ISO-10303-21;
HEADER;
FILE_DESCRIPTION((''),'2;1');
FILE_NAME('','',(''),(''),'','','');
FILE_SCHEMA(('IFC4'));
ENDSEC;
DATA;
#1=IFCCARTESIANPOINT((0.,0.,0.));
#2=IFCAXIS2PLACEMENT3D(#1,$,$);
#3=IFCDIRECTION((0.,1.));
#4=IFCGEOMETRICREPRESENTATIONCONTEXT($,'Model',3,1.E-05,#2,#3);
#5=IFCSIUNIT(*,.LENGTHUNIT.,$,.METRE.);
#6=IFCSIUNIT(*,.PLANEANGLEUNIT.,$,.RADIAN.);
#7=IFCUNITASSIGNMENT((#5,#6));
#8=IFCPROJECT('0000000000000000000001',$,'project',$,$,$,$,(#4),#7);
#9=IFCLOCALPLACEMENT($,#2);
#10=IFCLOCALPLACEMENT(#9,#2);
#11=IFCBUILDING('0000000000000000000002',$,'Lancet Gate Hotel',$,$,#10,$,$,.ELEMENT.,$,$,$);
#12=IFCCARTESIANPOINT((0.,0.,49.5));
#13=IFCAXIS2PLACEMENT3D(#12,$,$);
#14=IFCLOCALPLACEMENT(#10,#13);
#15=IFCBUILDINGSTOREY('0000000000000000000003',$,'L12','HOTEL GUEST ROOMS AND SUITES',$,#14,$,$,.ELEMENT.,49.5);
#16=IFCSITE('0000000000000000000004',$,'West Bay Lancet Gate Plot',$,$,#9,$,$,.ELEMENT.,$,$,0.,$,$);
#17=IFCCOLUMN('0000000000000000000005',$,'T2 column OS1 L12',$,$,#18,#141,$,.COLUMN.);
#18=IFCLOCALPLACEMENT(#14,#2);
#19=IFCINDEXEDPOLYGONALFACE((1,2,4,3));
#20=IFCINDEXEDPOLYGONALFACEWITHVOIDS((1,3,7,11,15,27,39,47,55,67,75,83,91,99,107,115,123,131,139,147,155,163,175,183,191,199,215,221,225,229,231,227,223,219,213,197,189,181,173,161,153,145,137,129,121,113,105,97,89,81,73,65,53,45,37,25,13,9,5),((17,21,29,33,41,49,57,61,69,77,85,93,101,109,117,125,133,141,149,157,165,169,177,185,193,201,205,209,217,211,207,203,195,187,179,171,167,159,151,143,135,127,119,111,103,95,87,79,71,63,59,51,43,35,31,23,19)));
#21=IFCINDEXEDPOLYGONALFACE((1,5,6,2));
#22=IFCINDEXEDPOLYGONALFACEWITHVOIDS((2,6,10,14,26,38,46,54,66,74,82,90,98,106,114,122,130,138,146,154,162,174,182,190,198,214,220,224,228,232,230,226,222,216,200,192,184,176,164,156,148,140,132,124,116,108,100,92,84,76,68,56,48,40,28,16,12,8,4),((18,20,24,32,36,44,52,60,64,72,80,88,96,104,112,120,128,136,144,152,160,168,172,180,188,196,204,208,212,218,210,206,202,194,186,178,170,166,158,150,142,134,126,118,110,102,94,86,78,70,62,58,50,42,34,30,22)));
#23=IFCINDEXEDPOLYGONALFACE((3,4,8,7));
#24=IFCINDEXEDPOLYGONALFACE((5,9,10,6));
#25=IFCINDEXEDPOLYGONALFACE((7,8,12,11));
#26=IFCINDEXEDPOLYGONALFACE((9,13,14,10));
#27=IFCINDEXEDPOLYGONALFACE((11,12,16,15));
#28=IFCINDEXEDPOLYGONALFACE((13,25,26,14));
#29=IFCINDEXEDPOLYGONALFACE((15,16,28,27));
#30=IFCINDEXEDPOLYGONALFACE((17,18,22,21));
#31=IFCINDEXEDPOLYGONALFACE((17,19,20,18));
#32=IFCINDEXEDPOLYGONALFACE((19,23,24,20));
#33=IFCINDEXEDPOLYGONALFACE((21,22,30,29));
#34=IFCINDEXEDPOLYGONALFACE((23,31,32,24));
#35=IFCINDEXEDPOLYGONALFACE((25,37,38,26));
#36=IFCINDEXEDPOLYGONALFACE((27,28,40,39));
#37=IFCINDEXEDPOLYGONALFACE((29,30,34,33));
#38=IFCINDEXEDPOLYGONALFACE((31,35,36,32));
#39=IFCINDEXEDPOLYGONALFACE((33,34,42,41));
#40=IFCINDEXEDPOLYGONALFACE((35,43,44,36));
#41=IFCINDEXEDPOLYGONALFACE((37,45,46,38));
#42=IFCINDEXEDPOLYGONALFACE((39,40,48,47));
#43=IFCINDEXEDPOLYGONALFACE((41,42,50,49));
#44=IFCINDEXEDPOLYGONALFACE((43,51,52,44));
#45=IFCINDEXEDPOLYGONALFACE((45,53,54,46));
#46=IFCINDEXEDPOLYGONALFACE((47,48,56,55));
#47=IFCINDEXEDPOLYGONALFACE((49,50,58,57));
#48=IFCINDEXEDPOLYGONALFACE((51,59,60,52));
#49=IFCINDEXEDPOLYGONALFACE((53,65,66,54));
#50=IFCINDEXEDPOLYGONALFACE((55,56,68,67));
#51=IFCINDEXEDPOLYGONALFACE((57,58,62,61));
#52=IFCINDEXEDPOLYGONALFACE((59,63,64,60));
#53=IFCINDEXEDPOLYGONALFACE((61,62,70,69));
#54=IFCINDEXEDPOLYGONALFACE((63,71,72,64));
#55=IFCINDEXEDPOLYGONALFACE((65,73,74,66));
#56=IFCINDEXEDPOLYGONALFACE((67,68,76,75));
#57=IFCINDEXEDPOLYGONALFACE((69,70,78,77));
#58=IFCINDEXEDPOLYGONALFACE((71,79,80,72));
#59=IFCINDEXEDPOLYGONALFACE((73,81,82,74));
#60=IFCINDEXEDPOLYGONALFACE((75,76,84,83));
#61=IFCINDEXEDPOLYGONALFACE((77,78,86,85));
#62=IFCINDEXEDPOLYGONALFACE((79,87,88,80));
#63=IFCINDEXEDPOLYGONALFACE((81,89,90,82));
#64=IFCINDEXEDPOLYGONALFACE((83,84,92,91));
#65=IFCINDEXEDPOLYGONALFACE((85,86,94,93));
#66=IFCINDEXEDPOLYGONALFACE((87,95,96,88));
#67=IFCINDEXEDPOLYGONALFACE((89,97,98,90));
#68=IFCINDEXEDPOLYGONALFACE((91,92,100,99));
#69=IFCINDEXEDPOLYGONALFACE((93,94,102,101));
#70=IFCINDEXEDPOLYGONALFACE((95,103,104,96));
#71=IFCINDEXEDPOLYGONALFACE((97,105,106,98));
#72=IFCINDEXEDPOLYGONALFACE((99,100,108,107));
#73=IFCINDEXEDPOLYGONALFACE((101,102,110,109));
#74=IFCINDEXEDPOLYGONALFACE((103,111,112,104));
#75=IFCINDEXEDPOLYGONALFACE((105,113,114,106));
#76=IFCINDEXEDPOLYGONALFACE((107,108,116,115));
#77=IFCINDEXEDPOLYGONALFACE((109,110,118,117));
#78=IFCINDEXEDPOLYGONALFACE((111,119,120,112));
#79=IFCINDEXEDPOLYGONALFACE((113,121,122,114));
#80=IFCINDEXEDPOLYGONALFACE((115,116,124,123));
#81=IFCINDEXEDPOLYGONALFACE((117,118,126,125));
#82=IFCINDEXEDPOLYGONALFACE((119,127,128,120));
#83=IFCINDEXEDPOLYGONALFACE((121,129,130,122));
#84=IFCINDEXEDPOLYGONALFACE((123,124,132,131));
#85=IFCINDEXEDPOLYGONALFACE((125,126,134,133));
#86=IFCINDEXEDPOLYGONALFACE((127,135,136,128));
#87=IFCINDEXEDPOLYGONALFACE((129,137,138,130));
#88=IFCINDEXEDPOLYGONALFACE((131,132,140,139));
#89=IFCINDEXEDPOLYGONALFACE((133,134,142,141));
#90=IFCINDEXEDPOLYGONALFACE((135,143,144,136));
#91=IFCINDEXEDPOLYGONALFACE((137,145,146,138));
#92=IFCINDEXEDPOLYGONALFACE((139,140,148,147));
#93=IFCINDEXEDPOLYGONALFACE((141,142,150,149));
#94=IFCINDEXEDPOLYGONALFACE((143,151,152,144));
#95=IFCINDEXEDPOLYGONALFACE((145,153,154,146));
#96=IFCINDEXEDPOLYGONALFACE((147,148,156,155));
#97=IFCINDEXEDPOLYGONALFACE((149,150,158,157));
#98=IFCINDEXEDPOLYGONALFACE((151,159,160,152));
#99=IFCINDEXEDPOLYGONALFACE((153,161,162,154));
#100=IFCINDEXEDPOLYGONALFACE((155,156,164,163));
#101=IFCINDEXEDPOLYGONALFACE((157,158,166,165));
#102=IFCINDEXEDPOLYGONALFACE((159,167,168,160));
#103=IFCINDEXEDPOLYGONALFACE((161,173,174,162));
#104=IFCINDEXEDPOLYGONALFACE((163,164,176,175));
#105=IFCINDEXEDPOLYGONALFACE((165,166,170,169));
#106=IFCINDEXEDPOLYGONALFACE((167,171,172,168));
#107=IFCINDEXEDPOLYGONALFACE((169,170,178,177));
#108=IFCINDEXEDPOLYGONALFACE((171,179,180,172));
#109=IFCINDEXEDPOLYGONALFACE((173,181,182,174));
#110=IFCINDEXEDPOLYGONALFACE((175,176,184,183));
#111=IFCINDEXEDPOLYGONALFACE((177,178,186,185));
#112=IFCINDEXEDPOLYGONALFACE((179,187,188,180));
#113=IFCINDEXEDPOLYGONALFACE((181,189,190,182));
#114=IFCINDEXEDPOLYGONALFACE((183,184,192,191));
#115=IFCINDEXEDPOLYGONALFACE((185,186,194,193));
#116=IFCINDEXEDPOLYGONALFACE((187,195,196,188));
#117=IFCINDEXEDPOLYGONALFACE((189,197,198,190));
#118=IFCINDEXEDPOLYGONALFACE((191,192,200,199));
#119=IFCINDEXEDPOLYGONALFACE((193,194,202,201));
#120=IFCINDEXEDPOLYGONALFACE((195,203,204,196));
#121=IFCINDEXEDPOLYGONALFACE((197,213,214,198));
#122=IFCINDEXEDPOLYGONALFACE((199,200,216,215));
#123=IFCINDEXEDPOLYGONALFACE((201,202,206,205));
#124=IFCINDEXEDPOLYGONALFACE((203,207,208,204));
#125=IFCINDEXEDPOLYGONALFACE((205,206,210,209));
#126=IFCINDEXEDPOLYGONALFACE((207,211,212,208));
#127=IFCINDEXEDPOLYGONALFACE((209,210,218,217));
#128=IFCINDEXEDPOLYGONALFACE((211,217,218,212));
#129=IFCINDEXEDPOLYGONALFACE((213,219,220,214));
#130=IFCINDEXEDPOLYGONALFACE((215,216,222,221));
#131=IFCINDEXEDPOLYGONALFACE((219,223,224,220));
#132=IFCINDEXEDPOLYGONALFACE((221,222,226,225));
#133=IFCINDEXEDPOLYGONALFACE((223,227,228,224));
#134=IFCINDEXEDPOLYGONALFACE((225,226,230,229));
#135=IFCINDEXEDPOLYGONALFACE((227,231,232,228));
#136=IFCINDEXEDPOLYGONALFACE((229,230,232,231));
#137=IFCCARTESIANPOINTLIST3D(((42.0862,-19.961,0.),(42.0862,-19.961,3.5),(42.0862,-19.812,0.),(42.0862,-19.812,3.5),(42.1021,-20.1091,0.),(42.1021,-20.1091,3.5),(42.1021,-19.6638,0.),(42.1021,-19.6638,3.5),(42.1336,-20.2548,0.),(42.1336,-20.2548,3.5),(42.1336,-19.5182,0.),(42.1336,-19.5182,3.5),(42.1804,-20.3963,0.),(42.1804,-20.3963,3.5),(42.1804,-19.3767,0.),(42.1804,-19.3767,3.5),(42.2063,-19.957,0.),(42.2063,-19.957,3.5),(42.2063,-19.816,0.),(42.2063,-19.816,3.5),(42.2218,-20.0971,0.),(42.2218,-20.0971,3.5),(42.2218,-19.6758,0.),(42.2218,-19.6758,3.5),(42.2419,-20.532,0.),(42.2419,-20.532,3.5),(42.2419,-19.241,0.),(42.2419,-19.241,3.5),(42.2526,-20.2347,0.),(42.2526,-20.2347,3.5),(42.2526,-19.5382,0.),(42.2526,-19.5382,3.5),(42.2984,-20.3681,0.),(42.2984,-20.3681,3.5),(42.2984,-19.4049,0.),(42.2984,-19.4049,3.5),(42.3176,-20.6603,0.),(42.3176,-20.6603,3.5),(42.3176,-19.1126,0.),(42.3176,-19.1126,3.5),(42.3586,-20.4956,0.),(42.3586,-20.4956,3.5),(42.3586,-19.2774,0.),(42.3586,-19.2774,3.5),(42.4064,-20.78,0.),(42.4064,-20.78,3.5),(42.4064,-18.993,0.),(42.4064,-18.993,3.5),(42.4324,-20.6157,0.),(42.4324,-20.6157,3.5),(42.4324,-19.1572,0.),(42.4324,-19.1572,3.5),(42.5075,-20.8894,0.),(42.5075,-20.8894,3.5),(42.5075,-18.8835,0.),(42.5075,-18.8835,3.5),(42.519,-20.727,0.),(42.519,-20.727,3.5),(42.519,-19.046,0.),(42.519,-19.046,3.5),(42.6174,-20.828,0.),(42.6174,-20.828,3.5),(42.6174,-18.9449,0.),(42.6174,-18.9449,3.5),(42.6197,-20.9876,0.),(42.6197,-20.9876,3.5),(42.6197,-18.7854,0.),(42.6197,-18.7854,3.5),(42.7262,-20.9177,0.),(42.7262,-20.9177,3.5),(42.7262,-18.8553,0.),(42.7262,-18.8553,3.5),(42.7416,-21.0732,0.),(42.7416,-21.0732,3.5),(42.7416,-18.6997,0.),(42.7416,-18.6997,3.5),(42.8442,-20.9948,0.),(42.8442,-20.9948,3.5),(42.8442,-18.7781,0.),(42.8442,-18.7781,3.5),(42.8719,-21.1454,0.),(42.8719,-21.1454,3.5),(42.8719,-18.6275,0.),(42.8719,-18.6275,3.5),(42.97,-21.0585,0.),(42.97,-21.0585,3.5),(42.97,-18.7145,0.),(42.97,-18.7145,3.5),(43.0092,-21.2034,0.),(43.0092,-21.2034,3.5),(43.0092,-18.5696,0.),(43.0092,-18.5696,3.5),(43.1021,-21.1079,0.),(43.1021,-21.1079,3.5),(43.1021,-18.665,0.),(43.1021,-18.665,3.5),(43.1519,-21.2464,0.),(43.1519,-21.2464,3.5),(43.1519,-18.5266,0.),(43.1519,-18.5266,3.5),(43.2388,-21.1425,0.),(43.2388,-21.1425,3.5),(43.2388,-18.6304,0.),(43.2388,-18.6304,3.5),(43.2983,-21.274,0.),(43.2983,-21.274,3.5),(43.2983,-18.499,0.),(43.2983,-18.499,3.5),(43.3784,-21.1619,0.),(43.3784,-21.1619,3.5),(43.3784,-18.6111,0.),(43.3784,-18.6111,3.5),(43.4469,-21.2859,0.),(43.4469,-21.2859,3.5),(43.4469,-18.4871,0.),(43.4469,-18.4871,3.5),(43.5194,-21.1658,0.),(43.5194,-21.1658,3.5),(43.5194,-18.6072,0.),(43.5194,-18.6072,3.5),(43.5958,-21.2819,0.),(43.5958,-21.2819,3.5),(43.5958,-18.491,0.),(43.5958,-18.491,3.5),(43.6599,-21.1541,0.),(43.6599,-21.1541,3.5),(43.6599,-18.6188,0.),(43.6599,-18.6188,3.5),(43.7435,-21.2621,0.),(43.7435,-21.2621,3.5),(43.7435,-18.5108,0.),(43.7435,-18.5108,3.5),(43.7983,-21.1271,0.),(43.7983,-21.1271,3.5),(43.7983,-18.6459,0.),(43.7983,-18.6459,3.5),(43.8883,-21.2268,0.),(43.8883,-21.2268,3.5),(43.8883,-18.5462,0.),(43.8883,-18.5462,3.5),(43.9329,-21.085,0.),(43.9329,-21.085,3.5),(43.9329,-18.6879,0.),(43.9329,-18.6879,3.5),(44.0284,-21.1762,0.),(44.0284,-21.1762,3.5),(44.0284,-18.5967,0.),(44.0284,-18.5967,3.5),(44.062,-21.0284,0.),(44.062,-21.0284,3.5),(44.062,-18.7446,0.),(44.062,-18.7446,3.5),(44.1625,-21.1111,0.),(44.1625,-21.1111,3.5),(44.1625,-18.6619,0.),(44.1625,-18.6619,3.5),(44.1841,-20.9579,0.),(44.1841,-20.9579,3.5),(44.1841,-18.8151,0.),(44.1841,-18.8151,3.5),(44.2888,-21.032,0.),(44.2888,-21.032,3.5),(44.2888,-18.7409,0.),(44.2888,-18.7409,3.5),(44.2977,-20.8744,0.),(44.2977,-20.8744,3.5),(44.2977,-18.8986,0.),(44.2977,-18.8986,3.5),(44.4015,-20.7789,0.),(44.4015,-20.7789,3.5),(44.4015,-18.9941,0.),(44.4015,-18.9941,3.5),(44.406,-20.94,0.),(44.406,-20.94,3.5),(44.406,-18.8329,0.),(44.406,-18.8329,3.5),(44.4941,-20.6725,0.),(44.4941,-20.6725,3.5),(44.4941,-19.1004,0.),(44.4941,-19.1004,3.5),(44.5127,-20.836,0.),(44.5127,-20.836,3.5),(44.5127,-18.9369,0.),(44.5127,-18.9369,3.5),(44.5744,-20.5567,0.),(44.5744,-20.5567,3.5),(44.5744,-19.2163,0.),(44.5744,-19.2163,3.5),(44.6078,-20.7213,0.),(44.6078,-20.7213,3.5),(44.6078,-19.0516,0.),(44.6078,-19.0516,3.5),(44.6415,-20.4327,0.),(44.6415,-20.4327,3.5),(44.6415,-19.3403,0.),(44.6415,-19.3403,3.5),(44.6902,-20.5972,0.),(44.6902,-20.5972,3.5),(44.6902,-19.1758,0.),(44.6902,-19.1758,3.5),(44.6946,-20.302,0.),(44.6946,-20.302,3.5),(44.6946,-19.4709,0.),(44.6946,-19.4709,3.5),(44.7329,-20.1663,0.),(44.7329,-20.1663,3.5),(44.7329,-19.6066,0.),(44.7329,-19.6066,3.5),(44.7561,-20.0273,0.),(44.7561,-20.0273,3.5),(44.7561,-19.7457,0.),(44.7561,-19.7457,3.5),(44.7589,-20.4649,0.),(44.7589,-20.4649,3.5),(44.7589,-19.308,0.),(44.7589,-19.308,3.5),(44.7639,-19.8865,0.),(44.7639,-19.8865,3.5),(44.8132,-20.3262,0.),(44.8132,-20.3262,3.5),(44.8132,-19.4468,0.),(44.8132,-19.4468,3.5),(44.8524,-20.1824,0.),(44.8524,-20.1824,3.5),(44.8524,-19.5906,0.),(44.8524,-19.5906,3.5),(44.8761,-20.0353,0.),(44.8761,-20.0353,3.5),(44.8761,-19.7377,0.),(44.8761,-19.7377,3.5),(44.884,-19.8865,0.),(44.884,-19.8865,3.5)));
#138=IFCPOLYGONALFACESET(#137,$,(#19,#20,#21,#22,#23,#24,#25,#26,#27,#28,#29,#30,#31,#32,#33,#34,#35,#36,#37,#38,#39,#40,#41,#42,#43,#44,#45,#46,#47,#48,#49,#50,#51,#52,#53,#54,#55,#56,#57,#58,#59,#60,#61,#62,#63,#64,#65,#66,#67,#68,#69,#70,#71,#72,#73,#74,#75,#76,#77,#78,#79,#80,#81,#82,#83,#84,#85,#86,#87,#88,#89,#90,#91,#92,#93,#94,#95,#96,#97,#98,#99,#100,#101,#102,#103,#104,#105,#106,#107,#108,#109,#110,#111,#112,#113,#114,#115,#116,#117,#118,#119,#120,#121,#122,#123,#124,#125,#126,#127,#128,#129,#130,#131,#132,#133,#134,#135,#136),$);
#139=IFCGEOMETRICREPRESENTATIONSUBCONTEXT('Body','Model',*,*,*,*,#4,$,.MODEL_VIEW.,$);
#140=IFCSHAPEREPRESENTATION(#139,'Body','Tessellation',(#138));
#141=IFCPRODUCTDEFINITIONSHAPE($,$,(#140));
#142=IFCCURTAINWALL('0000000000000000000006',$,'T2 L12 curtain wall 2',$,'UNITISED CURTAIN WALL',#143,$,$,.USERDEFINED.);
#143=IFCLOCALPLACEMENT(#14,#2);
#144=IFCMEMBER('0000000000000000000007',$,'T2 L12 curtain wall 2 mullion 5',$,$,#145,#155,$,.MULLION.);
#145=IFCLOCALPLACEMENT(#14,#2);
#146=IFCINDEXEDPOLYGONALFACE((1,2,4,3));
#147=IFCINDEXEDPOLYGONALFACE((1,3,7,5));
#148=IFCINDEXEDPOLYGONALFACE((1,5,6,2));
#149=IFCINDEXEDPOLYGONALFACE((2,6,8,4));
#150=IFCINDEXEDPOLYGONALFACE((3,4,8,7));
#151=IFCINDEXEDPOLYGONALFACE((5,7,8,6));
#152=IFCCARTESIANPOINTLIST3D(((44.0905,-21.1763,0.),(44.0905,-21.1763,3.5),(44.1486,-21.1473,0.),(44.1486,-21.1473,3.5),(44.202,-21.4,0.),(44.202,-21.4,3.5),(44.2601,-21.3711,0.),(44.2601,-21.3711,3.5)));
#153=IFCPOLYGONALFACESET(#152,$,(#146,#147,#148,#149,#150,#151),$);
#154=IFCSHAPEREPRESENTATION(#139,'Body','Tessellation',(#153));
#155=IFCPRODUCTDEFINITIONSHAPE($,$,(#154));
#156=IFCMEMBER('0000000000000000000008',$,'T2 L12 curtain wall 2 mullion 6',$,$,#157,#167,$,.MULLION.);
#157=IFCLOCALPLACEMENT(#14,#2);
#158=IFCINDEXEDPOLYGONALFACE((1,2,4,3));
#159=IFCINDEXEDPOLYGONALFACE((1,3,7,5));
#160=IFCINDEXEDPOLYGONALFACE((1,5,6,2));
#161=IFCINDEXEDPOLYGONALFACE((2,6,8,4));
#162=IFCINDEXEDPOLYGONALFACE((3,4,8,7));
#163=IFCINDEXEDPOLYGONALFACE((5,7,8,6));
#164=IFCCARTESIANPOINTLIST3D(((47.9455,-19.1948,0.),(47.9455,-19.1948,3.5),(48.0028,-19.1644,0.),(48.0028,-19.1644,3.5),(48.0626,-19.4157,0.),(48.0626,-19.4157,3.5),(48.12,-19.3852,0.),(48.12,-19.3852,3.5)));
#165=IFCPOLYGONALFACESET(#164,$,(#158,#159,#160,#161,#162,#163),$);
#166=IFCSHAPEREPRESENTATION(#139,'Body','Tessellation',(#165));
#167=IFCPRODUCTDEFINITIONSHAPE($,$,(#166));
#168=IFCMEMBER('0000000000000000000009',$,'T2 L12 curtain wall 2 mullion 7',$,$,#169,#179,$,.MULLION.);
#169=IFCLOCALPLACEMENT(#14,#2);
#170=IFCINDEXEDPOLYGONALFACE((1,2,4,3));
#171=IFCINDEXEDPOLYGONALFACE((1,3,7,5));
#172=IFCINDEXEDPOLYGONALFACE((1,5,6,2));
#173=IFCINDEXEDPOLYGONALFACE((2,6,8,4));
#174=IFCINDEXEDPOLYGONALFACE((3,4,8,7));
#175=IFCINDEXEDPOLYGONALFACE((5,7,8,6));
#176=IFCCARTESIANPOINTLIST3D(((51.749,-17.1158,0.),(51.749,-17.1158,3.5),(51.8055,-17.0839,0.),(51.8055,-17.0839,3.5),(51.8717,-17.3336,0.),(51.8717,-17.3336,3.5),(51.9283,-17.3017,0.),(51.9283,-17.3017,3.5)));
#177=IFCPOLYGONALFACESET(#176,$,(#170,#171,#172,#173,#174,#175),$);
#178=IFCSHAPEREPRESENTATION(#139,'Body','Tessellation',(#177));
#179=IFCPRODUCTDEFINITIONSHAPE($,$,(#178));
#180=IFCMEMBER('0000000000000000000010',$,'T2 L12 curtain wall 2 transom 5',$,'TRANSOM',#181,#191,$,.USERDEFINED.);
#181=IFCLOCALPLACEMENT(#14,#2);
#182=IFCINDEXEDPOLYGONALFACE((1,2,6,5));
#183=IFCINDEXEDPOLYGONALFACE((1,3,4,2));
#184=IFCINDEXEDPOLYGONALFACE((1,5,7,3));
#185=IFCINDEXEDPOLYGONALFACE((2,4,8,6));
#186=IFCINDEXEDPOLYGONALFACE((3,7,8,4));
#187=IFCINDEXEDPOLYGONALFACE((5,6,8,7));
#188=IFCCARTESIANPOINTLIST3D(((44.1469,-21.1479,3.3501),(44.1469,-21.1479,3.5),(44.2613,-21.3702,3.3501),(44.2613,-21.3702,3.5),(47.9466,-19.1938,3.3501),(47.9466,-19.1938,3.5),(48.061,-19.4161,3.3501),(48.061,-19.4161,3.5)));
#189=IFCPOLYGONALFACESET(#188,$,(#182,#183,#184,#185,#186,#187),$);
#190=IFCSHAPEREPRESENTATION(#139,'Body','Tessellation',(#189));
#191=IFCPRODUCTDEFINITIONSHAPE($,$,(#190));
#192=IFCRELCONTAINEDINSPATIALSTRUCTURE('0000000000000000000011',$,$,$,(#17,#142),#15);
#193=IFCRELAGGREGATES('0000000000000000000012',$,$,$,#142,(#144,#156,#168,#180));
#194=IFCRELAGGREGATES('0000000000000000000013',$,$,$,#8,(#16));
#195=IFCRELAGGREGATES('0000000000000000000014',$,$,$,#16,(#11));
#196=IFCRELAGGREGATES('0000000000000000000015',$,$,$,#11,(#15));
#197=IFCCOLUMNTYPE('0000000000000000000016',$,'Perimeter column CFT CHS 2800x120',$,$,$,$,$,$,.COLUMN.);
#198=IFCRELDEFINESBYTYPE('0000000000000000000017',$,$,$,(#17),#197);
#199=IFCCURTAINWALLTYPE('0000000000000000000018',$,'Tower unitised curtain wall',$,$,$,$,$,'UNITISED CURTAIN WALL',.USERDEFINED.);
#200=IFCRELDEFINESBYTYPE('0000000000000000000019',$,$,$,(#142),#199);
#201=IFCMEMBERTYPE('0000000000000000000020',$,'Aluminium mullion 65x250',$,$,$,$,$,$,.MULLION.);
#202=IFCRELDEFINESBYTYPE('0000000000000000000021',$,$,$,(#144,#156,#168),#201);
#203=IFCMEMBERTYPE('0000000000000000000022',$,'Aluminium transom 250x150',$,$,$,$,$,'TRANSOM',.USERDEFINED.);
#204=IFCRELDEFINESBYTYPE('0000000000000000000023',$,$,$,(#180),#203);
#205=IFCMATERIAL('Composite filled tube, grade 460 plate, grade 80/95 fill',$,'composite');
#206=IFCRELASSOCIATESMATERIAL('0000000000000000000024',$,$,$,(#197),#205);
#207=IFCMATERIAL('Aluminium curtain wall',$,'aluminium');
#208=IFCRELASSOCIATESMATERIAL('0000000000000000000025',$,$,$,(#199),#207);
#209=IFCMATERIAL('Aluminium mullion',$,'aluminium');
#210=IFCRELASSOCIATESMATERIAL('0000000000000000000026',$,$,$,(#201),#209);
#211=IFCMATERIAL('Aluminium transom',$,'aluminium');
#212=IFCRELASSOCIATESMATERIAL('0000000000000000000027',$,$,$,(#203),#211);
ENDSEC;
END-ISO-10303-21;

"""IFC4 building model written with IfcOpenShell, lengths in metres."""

from ifc_helpers import new_model, si_unit, direction, frame, origin, origin_2d, place, context, subcontext, project, spatial, rectangle, hollow_circle, extrude, material, material_profile, profile_set, type_object, element, aggregate, save


model = new_model("IFC4")

# Units and contexts
model_context = context("Model", 3, precision=1e-05, world=origin(), true_north=direction((0.0, 1.0)))
body_context = subcontext(model_context, "Body", "Model", "MODEL_VIEW")
ifc_project = project(units=[si_unit("LENGTHUNIT", "METRE"), si_unit("PLANEANGLEUNIT", "RADIAN")], contexts=[model_context])

# Site, building, storey
site_placement = place(None, origin())
site = spatial("IfcSite", under=ifc_project, at=site_placement, Name="West Bay Lancet Gate Plot", CompositionType="ELEMENT", RefElevation=0.0)
building_placement = place(site_placement, origin())
building = spatial("IfcBuilding", under=site, at=building_placement, Name="Lancet Gate Hotel", CompositionType="ELEMENT")
storey_placement = place(building_placement, frame((0.0, 0.0, 49.5)))
storey = spatial("IfcBuildingStorey", under=building, at=storey_placement, Name="L12", Description="HOTEL GUEST ROOMS AND SUITES", CompositionType="ELEMENT", Elevation=49.5)

# Column
ifc_material_1 = material(Name="Composite filled tube, grade 460 plate, grade 80/95 fill", Category="composite")
ifc_material_profile_1 = material_profile(ifc_material_1, hollow_circle(Radius=1.3999, WallThickness=0.1201, at=origin_2d()), Name="CHS 2800x120")
ifc_profile_set_1 = profile_set([ifc_material_profile_1], Name="Composite filled tube, grade 460 plate, grade 80/95 fill")
column_type = type_object("IfcColumnType", Name="Perimeter column CFT CHS 2800x120", PredefinedType="COLUMN", material=ifc_profile_set_1)
column_placement = place(storey_placement, frame((43.4841, -19.8865, 0.0), z_axis=(0.0, 0.0, 1.0), x_axis=(1.0, 0.0, 0.0)))
element("IfcColumn", 1, at=column_placement, inside=storey, type_object=column_type, Name="T2 column OS1 L12", PredefinedType="COLUMN", context=body_context, shape_type="SweptSolid", body=[
    extrude(hollow_circle(Radius=1.3999, WallThickness=0.1201, at=origin_2d()), origin(), (0.0, 0.0, 1.0), 3.5),
])

# Curtain wall, members
ifc_material_2 = material(Name="Aluminium curtain wall", Category="aluminium")
curtain_wall_type = type_object("IfcCurtainWallType", Name="Tower unitised curtain wall", ElementType="UNITISED CURTAIN WALL", PredefinedType="USERDEFINED", material=ifc_material_2)
curtain_wall_placement = place(storey_placement, origin())
curtain_wall = element("IfcCurtainWall", 2, at=curtain_wall_placement, inside=storey, type_object=curtain_wall_type, Name="T2 L12 curtain wall 2", ObjectType="UNITISED CURTAIN WALL", PredefinedType="USERDEFINED")
ifc_material_3 = material(Name="Aluminium mullion", Category="aluminium")
ifc_material_profile_2 = material_profile(ifc_material_3, rectangle(XDim=0.0649, YDim=0.25, at=origin_2d()), Name="MULLION 65x250")
ifc_profile_set_2 = profile_set([ifc_material_profile_2], Name="Aluminium mullion")
member_type_1 = type_object("IfcMemberType", Name="Aluminium mullion 65x250", PredefinedType="MULLION", material=ifc_profile_set_2)
member_1_placement = place(storey_placement, frame((44.1753, -21.2737, 0.0), z_axis=(0.0, 0.0, 1.0), x_axis=(0.895044, 0.445978, 0.0)))
member_1 = element("IfcMember", 3, at=member_1_placement, type_object=member_type_1, Name="T2 L12 curtain wall 2 mullion 5", PredefinedType="MULLION", context=body_context, shape_type="SweptSolid", body=[
    extrude(rectangle(XDim=0.0649, YDim=0.25, at=origin_2d()), origin(), (0.0, 0.0, 1.0), 3.5),
])
member_2_placement = place(storey_placement, frame((48.0327, -19.29, 0.0), z_axis=(0.0, 0.0, 1.0), x_axis=(0.883403, 0.468613, 0.0)))
member_2 = element("IfcMember", 4, at=member_2_placement, type_object=member_type_1, Name="T2 L12 curtain wall 2 mullion 6", PredefinedType="MULLION", context=body_context, shape_type="SweptSolid", body=[
    extrude(rectangle(XDim=0.0649, YDim=0.25, at=origin_2d()), origin(), (0.0, 0.0, 1.0), 3.5),
])
member_3_placement = place(storey_placement, frame((51.8386, -17.2087, 0.0), z_axis=(0.0, 0.0, 1.0), x_axis=(0.87119, 0.490945, 0.0)))
member_3 = element("IfcMember", 5, at=member_3_placement, type_object=member_type_1, Name="T2 L12 curtain wall 2 mullion 7", PredefinedType="MULLION", context=body_context, shape_type="SweptSolid", body=[
    extrude(rectangle(XDim=0.0649, YDim=0.25, at=origin_2d()), origin(), (0.0, 0.0, 1.0), 3.5),
])
ifc_material_4 = material(Name="Aluminium transom", Category="aluminium")
ifc_material_profile_3 = material_profile(ifc_material_4, rectangle(XDim=0.25, YDim=0.1499, at=origin_2d()), Name="TRANSOM 250x150")
ifc_profile_set_3 = profile_set([ifc_material_profile_3], Name="Aluminium transom")
member_type_2 = type_object("IfcMemberType", Name="Aluminium transom 250x150", ElementType="TRANSOM", PredefinedType="USERDEFINED", material=ifc_profile_set_3)
member_4_placement = place(storey_placement, frame((44.2041, -21.259, 3.425), z_axis=(0.889296, 0.457333, 0.0), x_axis=(-0.457333, 0.889296, 0.0)))
member_4 = element("IfcMember", 6, at=member_4_placement, type_object=member_type_2, Name="T2 L12 curtain wall 2 transom 5", ObjectType="TRANSOM", PredefinedType="USERDEFINED", context=body_context, shape_type="SweptSolid", body=[
    extrude(rectangle(XDim=0.25, YDim=0.1499, at=origin_2d()), origin(), (0.0, 0.0, 1.0), 4.2727),
])

aggregate(curtain_wall, [member_1, member_2, member_3, member_4])

save(model, "model.ifc")
